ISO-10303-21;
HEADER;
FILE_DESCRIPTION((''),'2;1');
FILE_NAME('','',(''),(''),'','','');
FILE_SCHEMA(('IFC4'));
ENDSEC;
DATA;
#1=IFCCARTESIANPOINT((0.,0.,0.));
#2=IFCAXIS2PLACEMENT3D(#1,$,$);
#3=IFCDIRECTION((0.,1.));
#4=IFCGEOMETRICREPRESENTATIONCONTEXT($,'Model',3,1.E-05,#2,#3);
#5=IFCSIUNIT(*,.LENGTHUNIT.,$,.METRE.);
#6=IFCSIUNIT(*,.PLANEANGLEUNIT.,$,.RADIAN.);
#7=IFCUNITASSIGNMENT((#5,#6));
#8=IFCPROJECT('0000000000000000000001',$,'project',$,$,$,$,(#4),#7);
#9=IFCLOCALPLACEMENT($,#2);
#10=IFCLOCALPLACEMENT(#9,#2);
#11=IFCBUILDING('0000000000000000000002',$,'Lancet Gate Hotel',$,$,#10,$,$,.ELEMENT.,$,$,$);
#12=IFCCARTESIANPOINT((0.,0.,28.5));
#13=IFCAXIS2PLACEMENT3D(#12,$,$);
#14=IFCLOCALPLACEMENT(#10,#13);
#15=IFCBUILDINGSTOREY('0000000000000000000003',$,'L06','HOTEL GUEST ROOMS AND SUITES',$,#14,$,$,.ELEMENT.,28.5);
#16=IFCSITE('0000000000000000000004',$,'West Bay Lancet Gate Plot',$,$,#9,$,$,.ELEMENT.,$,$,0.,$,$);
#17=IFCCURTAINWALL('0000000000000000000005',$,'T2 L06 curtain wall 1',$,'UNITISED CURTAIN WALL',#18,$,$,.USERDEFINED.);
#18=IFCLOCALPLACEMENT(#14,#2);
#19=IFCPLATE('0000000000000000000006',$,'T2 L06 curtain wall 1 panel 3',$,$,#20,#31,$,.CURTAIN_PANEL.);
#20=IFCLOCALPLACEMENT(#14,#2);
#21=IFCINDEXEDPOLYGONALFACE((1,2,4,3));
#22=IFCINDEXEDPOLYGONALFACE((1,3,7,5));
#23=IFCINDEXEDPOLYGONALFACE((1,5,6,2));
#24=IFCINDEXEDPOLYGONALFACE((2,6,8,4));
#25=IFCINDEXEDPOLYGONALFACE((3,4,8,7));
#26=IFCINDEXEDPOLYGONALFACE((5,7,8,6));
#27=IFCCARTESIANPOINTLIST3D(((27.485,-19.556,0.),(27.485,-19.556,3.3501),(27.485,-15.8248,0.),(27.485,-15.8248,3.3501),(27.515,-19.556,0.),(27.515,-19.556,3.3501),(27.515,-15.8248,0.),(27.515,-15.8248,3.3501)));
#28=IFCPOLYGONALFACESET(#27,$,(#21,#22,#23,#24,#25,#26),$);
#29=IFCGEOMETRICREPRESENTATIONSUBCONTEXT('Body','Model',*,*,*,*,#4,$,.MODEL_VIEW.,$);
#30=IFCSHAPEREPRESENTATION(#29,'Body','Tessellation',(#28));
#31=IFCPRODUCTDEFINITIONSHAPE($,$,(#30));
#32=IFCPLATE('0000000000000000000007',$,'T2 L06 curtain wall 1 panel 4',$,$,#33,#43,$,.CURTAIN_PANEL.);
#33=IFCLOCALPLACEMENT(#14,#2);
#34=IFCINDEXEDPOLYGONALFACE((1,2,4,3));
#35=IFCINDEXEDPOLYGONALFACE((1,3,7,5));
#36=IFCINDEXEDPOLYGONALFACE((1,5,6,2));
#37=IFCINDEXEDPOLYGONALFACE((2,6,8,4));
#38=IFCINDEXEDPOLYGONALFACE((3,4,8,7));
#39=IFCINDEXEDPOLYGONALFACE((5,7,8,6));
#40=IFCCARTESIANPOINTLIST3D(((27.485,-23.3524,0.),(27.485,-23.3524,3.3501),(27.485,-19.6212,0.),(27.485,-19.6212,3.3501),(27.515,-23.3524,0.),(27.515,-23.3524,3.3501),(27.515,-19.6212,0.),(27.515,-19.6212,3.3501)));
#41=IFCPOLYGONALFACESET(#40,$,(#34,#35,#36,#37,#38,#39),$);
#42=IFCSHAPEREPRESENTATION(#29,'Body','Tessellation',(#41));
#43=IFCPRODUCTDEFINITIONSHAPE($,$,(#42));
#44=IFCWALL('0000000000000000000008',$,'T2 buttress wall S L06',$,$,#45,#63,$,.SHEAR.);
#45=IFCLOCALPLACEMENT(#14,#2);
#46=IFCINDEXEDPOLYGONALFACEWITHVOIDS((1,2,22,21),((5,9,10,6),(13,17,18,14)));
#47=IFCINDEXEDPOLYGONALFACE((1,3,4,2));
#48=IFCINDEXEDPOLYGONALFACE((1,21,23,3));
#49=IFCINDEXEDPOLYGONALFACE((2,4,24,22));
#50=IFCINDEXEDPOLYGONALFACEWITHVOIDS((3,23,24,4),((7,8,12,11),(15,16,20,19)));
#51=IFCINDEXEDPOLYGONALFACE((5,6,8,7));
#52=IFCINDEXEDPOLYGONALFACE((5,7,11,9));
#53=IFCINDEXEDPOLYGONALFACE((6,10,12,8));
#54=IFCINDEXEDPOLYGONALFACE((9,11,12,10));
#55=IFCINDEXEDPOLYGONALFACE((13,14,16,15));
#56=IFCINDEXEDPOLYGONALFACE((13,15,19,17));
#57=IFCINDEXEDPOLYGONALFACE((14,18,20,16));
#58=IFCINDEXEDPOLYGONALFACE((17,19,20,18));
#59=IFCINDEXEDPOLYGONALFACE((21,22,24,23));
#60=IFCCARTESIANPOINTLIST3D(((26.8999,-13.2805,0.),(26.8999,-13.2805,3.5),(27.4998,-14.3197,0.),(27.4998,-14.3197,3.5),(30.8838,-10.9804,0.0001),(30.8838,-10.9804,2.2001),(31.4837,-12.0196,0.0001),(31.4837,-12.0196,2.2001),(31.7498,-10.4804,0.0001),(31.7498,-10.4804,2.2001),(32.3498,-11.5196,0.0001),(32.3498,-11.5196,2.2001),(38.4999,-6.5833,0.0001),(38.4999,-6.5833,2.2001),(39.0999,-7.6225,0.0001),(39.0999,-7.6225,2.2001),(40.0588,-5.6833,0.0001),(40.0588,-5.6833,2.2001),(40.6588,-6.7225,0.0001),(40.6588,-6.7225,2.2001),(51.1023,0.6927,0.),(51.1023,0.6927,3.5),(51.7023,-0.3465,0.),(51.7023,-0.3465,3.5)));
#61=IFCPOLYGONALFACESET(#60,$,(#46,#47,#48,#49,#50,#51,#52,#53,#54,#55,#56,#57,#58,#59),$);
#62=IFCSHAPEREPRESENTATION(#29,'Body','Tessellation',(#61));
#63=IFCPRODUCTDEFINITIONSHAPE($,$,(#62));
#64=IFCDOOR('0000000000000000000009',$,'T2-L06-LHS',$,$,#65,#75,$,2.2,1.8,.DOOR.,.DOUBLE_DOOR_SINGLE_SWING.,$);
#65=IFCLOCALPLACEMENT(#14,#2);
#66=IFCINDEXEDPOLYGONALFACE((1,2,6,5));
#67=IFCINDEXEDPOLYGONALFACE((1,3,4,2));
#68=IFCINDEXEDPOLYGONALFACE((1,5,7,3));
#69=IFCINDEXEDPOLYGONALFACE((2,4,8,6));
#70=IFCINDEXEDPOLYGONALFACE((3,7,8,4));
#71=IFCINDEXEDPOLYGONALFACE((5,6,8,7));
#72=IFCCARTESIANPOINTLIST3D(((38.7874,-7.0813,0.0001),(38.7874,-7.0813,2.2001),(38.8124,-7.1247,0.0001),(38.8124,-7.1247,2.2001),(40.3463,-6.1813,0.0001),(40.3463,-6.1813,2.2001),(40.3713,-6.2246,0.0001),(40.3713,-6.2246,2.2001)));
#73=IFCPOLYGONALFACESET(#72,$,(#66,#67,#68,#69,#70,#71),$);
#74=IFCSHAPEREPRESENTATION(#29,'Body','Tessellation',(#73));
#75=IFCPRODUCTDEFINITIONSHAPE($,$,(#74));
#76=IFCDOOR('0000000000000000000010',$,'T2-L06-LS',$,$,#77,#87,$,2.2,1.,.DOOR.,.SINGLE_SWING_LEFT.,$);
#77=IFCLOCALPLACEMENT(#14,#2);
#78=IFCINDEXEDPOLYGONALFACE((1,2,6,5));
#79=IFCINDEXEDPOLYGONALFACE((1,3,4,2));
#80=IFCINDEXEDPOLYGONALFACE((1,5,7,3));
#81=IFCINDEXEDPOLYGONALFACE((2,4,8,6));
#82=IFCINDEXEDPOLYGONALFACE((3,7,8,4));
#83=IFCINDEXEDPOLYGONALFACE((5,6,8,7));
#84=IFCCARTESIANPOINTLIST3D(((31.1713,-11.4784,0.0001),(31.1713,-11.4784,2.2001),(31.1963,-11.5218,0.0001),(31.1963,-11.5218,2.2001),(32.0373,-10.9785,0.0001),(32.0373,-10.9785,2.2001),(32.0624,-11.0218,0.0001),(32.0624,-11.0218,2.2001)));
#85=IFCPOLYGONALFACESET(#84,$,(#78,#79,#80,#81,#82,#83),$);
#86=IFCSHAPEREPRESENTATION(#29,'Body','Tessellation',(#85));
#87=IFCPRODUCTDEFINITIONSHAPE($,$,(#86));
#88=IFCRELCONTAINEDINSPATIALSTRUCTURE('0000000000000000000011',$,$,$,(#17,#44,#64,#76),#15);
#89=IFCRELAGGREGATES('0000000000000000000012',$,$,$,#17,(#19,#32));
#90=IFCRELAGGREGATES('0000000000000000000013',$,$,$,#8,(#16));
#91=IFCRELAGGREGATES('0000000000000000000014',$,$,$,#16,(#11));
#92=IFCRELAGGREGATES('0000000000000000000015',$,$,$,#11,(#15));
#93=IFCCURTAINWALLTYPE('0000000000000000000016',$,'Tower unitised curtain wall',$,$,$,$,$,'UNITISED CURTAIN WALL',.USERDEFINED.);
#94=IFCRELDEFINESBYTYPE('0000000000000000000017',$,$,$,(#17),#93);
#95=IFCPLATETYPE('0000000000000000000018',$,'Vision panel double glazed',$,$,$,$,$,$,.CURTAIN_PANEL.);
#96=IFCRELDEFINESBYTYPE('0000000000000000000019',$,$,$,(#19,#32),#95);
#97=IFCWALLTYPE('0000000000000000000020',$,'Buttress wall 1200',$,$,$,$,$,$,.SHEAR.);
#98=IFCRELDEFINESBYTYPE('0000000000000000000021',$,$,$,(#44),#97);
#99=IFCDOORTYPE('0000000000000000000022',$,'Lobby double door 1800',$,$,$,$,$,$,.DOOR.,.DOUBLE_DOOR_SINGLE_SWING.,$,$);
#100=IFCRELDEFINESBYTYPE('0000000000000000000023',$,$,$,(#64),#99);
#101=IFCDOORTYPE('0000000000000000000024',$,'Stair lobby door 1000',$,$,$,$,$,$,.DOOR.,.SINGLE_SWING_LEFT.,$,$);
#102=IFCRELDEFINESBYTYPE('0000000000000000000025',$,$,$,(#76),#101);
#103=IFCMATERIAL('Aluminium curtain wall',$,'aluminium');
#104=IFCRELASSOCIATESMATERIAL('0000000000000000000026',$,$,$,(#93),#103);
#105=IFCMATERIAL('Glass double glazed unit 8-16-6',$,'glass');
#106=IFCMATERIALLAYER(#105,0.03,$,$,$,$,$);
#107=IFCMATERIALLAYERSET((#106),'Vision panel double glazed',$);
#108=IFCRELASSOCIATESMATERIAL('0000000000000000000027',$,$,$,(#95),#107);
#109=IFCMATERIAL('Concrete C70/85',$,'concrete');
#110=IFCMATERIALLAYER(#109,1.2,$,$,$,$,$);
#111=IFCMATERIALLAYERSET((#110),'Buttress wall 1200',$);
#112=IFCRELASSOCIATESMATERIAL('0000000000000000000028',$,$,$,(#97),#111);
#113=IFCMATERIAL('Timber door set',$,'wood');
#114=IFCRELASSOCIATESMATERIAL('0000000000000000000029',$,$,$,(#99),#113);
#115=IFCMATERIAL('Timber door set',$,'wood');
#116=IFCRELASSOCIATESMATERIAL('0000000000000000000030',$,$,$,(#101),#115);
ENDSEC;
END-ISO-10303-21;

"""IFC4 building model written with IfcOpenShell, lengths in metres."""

from ifc_helpers import new_model, si_unit, direction, frame, frame_2d, origin, origin_2d, place, context, subcontext, project, spatial, rectangle, extrude, material, layer, layer_set, type_object, element, fill, aggregate, save


model = new_model("IFC4")

# Units and contexts
model_context = context("Model", 3, precision=1e-05, world=origin(), true_north=direction((0.0, 1.0)))
body_context = subcontext(model_context, "Body", "Model", "MODEL_VIEW")
ifc_project = project(units=[si_unit("LENGTHUNIT", "METRE"), si_unit("PLANEANGLEUNIT", "RADIAN")], contexts=[model_context])

# Site, building, storey
site_placement = place(None, origin())
site = spatial("IfcSite", under=ifc_project, at=site_placement, Name="West Bay Lancet Gate Plot", CompositionType="ELEMENT", RefElevation=0.0)
building_placement = place(site_placement, origin())
building = spatial("IfcBuilding", under=site, at=building_placement, Name="Lancet Gate Hotel", CompositionType="ELEMENT")
storey_placement = place(building_placement, frame((0.0, 0.0, 28.5)))
storey = spatial("IfcBuildingStorey", under=building, at=storey_placement, Name="L06", Description="HOTEL GUEST ROOMS AND SUITES", CompositionType="ELEMENT", Elevation=28.5)

# Curtain wall
ifc_material_1 = material(Name="Aluminium curtain wall", Category="aluminium")
curtain_wall_type = type_object("IfcCurtainWallType", Name="Tower unitised curtain wall", ElementType="UNITISED CURTAIN WALL", PredefinedType="USERDEFINED", material=ifc_material_1)
curtain_wall_placement = place(storey_placement, origin())
curtain_wall = element("IfcCurtainWall", 1, at=curtain_wall_placement, inside=storey, type_object=curtain_wall_type, Name="T2 L06 curtain wall 1", ObjectType="UNITISED CURTAIN WALL", PredefinedType="USERDEFINED")

# Plates
ifc_material_2 = material(Name="Glass double glazed unit 8-16-6", Category="glass")
ifc_layer_1 = layer(ifc_material_2, 0.03)
ifc_layer_set_1 = layer_set([ifc_layer_1], Name="Vision panel double glazed")
plate_type = type_object("IfcPlateType", Name="Vision panel double glazed", PredefinedType="CURTAIN_PANEL", material=ifc_layer_set_1)
plate_1_placement = place(storey_placement, frame((27.5, -17.6904, 0.0), z_axis=(0.0, 0.0, 1.0), x_axis=(0.0, -1.0, 0.0)))
plate_1 = element("IfcPlate", 2, at=plate_1_placement, type_object=plate_type, Name="T2 L06 curtain wall 1 panel 3", PredefinedType="CURTAIN_PANEL", context=body_context, shape_type="SweptSolid", body=[
    extrude(rectangle(XDim=3.7312, YDim=0.03, at=origin_2d()), origin(), (0.0, 0.0, 1.0), 3.3501),
])
plate_2_placement = place(storey_placement, frame((27.5, -21.4868, 0.0), z_axis=(0.0, 0.0, 1.0), x_axis=(0.0, -1.0, 0.0)))
plate_2 = element("IfcPlate", 3, at=plate_2_placement, type_object=plate_type, Name="T2 L06 curtain wall 1 panel 4", PredefinedType="CURTAIN_PANEL", context=body_context, shape_type="SweptSolid", body=[
    extrude(rectangle(XDim=3.7312, YDim=0.03, at=origin_2d()), origin(), (0.0, 0.0, 1.0), 3.3501),
])
aggregate(curtain_wall, [plate_1, plate_2])

# Wall, openings, doors
ifc_material_3 = material(Name="Concrete C70/85", Category="concrete")
ifc_layer_2 = layer(ifc_material_3, 1.2)
ifc_layer_set_2 = layer_set([ifc_layer_2], Name="Buttress wall 1200")
wall_type = type_object("IfcWallType", Name="Buttress wall 1200", PredefinedType="SHEAR", material=ifc_layer_set_2)
wall_placement = place(storey_placement, frame((27.2, -13.8, 0.0), z_axis=(0.0, 0.0, 1.0), x_axis=(0.866027, 0.499997, 0.0)))
wall = element("IfcWall", 4, at=wall_placement, inside=storey, type_object=wall_type, Name="T2 buttress wall S L06", PredefinedType="SHEAR", context=body_context, shape_type="SweptSolid", body=[
    extrude(rectangle(XDim=27.9465, YDim=1.2, at=frame_2d((13.9731, 0.0))), origin(), (0.0, 0.0, 1.0), 3.5),
])
opening_1_placement = place(wall_placement, frame((4.6001, 0.0, 0.0)))
opening_1 = element("IfcOpeningElement", 5, at=opening_1_placement, cuts=wall, PredefinedType="OPENING", context=body_context, shape_type="SweptSolid", body=[
    extrude(rectangle(XDim=1.0, YDim=2.2, at=frame_2d((0.5, 1.1001))), frame((0.0, 0.6099, 0.0), z_axis=(0.0, -1.0, 0.0), x_axis=(1.0, 0.0, 0.0)), (0.0, 0.0, 1.0), 1.22),
])
opening_2_placement = place(wall_placement, frame((13.3945, 0.0, 0.0)))
opening_2 = element("IfcOpeningElement", 6, at=opening_2_placement, cuts=wall, PredefinedType="OPENING", context=body_context, shape_type="SweptSolid", body=[
    extrude(rectangle(XDim=1.8, YDim=2.2, at=frame_2d((0.8999, 1.1001))), frame((0.0, 0.6099, 0.0), z_axis=(0.0, -1.0, 0.0), x_axis=(1.0, 0.0, 0.0)), (0.0, 0.0, 1.0), 1.22),
])
ifc_material_4 = material(Name="Timber door set", Category="wood")
door_type_1 = type_object("IfcDoorType", Name="Lobby double door 1800", OperationType="DOUBLE_DOOR_SINGLE_SWING", PredefinedType="DOOR", material=ifc_material_4)
door_1_placement = place(opening_2_placement, origin())
door_1 = element("IfcDoor", 7, at=door_1_placement, inside=storey, type_object=door_type_1, Name="T2-L06-LHS", OperationType="DOUBLE_DOOR_SINGLE_SWING", OverallHeight=2.2, OverallWidth=1.8, PredefinedType="DOOR", context=body_context, shape_type="SweptSolid", body=[
    extrude(rectangle(XDim=1.8, YDim=2.2, at=frame_2d((0.8999, 1.1001))), frame((0.0, 0.0249, 0.0), z_axis=(0.0, -1.0, 0.0), x_axis=(1.0, 0.0, 0.0)), (0.0, 0.0, 1.0), 0.05),
])
fill(opening_2, door_1)
ifc_material_5 = material(Name="Timber door set", Category="wood")
door_type_2 = type_object("IfcDoorType", Name="Stair lobby door 1000", OperationType="SINGLE_SWING_LEFT", PredefinedType="DOOR", material=ifc_material_5)
door_2_placement = place(opening_1_placement, origin())
door_2 = element("IfcDoor", 8, at=door_2_placement, inside=storey, type_object=door_type_2, Name="T2-L06-LS", OperationType="SINGLE_SWING_LEFT", OverallHeight=2.2, OverallWidth=1.0, PredefinedType="DOOR", context=body_context, shape_type="SweptSolid", body=[
    extrude(rectangle(XDim=1.0, YDim=2.2, at=frame_2d((0.5, 1.1001))), frame((0.0, 0.0249, 0.0), z_axis=(0.0, -1.0, 0.0), x_axis=(1.0, 0.0, 0.0)), (0.0, 0.0, 1.0), 0.05),
])
fill(opening_1, door_2)

save(model, "model.ifc")
